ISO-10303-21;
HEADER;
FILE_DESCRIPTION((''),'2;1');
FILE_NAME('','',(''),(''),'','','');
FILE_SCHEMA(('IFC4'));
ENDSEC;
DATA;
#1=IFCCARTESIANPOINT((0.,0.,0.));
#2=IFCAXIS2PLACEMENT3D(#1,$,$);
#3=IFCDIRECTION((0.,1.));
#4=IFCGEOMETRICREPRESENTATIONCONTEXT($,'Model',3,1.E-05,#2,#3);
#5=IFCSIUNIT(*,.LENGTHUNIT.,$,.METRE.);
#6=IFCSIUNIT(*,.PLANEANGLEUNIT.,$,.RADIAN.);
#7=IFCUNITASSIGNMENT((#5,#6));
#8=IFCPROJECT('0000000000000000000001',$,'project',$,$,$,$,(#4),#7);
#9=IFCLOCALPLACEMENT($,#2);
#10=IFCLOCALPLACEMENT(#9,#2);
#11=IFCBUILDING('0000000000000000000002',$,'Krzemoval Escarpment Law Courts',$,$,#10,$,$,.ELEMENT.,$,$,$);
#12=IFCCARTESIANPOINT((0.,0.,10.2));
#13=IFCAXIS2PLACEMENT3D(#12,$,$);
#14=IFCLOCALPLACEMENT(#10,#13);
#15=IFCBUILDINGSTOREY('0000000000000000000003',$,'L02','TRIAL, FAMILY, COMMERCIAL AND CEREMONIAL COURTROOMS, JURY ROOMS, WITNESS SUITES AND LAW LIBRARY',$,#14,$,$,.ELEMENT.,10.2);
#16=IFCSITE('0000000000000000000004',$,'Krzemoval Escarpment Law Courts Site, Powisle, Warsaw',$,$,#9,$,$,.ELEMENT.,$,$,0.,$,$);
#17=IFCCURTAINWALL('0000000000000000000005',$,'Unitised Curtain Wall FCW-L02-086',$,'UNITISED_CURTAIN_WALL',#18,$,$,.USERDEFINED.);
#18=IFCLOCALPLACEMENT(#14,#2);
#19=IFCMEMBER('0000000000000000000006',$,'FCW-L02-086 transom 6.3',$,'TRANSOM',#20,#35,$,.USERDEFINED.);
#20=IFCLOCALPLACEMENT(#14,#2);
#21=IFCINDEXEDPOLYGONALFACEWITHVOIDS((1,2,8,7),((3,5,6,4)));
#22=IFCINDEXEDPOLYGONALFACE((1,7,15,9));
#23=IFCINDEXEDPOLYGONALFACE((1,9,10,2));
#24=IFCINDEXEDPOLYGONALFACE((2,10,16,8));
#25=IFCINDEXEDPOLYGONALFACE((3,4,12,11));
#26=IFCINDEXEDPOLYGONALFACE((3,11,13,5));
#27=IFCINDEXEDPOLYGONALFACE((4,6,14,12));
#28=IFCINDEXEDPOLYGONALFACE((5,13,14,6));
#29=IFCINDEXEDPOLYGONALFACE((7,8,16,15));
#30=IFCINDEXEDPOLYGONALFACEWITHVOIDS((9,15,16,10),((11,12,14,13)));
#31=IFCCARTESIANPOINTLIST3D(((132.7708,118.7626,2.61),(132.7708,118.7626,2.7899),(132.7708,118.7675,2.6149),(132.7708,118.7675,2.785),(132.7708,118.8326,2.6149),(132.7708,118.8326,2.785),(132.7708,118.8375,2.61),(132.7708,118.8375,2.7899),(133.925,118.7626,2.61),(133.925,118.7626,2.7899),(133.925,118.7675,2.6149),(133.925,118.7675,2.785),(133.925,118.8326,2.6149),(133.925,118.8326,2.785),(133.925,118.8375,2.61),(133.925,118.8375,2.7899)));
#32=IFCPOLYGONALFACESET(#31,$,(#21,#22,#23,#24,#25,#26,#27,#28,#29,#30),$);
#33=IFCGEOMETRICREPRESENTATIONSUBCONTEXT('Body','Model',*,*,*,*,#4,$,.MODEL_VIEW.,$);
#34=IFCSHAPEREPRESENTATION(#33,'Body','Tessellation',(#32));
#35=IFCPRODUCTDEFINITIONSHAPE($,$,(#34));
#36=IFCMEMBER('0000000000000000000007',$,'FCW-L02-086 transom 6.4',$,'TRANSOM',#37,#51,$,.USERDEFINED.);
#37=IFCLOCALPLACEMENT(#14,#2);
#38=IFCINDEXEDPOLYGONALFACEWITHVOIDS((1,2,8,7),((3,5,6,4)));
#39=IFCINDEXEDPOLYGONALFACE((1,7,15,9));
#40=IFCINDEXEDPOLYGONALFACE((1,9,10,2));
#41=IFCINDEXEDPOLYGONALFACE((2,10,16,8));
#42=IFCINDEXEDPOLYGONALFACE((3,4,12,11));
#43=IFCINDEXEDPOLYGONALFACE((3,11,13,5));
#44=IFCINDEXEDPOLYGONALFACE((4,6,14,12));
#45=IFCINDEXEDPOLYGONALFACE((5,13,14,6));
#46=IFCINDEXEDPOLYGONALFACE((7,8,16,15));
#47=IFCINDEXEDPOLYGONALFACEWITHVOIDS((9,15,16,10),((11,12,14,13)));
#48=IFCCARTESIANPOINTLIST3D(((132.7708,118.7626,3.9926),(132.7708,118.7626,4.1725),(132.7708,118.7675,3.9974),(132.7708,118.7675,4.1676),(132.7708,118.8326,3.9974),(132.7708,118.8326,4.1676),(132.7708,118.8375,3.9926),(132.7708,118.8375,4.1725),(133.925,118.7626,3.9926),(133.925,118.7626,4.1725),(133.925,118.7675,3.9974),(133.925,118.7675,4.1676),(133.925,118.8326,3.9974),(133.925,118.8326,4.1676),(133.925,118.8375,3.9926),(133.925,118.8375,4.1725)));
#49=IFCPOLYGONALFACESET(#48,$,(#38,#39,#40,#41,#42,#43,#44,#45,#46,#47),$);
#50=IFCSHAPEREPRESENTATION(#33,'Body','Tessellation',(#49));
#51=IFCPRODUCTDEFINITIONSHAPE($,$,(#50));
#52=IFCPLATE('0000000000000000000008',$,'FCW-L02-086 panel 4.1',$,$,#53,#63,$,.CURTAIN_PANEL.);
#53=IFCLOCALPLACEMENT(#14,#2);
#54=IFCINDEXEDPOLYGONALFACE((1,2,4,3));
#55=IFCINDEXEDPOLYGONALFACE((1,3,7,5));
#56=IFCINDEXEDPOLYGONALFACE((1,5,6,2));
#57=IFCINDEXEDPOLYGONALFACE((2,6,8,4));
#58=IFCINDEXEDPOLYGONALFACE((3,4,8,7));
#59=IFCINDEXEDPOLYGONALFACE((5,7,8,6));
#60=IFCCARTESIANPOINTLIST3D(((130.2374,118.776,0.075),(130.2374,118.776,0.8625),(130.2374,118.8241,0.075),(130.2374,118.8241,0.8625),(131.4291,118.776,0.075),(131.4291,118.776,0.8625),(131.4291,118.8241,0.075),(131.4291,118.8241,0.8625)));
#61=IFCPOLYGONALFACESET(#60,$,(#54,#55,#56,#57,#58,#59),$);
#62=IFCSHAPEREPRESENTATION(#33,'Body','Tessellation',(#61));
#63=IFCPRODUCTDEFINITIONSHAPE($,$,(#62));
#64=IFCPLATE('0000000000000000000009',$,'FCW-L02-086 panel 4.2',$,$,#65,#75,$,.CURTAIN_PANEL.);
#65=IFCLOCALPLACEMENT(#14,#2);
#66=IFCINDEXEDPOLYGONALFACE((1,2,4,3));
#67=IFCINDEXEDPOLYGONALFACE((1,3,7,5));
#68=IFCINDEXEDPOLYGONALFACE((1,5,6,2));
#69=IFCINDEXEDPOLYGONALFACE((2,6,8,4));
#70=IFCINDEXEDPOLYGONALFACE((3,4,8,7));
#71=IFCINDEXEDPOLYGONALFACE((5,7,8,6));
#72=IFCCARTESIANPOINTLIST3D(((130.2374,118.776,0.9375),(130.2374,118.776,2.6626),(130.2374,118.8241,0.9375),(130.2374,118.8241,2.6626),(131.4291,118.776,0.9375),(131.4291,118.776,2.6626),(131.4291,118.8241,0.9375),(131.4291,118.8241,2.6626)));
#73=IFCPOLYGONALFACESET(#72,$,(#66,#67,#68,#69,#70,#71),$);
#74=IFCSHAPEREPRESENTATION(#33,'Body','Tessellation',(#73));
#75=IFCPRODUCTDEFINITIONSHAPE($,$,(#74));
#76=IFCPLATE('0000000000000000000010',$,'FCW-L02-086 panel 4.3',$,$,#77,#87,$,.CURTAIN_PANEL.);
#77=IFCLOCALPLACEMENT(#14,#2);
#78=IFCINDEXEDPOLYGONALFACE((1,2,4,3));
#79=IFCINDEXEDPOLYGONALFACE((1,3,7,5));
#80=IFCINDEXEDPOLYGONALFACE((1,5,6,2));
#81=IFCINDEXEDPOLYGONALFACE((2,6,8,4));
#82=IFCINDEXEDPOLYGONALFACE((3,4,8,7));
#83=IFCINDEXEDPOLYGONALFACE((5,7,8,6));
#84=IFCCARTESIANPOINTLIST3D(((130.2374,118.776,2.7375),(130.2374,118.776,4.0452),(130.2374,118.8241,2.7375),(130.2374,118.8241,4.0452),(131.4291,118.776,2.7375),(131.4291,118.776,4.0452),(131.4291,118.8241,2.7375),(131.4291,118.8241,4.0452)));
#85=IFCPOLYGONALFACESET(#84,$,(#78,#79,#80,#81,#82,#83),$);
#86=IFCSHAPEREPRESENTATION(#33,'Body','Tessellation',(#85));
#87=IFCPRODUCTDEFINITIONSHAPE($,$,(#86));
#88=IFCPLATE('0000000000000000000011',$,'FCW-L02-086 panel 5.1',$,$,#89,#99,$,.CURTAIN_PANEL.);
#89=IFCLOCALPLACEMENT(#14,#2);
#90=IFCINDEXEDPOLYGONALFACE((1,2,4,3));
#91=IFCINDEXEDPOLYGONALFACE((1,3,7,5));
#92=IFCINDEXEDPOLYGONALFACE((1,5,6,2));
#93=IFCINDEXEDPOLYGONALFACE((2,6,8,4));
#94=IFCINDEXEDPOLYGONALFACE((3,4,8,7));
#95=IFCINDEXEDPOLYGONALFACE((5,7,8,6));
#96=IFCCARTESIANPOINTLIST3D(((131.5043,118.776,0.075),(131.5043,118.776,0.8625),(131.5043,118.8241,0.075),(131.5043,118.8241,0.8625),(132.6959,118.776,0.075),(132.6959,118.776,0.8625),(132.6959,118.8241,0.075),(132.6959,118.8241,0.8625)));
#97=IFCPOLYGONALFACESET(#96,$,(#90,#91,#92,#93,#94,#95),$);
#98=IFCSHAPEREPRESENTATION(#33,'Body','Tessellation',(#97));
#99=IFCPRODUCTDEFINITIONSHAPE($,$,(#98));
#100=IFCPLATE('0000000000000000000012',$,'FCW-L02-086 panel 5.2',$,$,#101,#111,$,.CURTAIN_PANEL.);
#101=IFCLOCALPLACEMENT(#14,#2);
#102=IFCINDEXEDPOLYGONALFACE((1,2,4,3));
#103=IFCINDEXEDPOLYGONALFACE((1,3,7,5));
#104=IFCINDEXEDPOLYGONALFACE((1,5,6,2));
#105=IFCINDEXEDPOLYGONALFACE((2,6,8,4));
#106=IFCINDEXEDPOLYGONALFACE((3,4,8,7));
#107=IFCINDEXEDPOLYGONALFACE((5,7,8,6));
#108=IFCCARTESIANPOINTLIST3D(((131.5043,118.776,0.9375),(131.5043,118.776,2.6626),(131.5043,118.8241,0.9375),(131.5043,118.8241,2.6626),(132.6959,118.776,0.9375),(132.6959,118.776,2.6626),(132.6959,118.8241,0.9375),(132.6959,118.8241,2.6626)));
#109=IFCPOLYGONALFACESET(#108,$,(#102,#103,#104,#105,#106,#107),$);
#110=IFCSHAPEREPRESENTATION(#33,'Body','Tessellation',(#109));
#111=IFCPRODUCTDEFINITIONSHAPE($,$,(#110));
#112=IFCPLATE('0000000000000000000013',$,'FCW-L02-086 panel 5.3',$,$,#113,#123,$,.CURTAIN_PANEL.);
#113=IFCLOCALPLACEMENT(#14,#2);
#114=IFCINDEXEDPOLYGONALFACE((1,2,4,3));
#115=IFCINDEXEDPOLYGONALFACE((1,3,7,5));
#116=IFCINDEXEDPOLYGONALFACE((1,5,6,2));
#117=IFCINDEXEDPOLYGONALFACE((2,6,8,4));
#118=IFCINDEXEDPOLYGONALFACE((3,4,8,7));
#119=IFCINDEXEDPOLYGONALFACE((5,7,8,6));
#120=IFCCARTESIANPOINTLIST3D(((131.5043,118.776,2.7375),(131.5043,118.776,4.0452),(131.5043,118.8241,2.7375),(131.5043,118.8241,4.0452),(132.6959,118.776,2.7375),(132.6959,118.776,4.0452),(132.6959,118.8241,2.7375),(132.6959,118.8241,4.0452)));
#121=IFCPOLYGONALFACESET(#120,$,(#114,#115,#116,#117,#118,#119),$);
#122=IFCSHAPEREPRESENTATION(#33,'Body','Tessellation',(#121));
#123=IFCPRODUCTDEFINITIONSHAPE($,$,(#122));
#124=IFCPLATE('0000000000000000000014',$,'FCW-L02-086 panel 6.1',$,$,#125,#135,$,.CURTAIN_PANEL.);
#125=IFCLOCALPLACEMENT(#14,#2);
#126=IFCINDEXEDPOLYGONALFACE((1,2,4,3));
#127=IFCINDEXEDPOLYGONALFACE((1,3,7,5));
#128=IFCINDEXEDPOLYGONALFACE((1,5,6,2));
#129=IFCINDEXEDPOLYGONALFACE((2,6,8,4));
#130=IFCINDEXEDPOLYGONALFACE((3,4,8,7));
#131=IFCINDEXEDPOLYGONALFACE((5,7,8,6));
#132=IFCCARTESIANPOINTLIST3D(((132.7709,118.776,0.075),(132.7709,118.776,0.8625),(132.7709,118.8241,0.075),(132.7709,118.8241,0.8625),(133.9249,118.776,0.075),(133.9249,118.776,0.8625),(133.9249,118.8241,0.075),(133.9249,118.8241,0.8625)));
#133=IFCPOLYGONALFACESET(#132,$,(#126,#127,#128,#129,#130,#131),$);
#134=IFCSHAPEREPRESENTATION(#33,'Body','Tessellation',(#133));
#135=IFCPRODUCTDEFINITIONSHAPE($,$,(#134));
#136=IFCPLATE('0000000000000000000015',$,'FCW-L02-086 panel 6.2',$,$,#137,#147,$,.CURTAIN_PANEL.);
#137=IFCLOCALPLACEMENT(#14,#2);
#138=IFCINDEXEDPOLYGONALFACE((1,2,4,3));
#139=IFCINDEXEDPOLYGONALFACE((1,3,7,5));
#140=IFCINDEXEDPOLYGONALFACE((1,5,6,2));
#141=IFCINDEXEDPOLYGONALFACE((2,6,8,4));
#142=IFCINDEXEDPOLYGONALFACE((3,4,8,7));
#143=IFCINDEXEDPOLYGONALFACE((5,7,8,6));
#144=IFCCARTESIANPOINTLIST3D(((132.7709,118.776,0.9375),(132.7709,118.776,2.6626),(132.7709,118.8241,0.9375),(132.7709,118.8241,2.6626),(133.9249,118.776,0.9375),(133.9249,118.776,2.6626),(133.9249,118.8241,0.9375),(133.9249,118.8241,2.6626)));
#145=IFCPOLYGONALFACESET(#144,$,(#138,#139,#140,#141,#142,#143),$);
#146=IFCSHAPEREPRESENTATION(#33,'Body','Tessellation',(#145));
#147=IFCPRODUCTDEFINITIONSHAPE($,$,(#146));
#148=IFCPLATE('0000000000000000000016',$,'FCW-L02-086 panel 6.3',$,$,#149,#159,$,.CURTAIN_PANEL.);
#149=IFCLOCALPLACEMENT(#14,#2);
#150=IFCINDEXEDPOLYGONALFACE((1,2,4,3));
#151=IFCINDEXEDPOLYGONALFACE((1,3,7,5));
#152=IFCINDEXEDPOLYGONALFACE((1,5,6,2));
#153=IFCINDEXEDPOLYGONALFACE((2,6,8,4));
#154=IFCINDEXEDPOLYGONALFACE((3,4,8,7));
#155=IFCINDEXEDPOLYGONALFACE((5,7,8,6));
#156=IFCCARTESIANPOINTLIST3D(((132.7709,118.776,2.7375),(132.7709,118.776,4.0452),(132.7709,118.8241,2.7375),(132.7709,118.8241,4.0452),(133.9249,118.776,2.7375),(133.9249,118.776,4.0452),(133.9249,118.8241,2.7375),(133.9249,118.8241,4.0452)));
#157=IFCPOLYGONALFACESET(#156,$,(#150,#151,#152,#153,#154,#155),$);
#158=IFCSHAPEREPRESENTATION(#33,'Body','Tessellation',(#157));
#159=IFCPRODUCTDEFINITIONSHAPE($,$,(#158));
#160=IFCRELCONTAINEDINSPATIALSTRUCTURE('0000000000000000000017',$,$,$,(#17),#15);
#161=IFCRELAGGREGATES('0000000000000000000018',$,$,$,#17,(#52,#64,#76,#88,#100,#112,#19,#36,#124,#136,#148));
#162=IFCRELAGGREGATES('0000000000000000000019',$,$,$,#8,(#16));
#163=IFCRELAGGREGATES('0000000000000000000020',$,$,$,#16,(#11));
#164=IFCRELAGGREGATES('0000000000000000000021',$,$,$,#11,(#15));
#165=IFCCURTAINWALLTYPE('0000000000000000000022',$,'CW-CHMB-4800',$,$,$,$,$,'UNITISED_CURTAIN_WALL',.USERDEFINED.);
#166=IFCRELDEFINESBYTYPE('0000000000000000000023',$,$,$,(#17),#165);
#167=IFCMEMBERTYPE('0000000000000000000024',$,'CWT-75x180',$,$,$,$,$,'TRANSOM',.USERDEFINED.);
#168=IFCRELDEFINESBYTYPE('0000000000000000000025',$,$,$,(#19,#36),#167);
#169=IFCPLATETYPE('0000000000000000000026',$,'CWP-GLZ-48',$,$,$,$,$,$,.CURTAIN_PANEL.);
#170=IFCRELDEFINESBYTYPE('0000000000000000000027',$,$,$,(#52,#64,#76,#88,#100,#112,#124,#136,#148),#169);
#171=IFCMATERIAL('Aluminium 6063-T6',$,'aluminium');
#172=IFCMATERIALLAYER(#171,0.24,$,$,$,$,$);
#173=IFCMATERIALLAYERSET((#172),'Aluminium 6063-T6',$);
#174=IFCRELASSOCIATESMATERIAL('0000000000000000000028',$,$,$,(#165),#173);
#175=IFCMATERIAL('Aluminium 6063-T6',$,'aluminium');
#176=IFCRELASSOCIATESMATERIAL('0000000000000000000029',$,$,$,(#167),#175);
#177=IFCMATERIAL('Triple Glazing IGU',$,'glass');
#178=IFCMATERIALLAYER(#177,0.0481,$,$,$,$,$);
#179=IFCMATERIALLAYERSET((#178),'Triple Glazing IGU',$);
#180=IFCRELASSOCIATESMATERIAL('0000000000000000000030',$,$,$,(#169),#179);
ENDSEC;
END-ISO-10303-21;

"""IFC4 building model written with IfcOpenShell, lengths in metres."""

from ifc_helpers import new_model, si_unit, direction, frame, origin, origin_2d, place, context, subcontext, project, spatial, rectangle, hollow_rectangle, extrude, material, layer, layer_set, material_profile, profile_set, type_object, element, aggregate, save


model = new_model("IFC4")

# Units and contexts
model_context = context("Model", 3, precision=1e-05, world=origin(), true_north=direction((0.0, 1.0)))
body_context = subcontext(model_context, "Body", "Model", "MODEL_VIEW")
ifc_project = project(units=[si_unit("LENGTHUNIT", "METRE"), si_unit("PLANEANGLEUNIT", "RADIAN")], contexts=[model_context])

# Site, building, storey
site_placement = place(None, origin())
site = spatial("IfcSite", under=ifc_project, at=site_placement, Name="Krzemoval Escarpment Law Courts Site, Powisle, Warsaw", CompositionType="ELEMENT", RefElevation=0.0)
building_placement = place(site_placement, origin())
building = spatial("IfcBuilding", under=site, at=building_placement, Name="Krzemoval Escarpment Law Courts", CompositionType="ELEMENT")
storey_placement = place(building_placement, frame((0.0, 0.0, 10.2)))
storey = spatial("IfcBuildingStorey", under=building, at=storey_placement, Name="L02", Description="TRIAL, FAMILY, COMMERCIAL AND CEREMONIAL COURTROOMS, JURY ROOMS, WITNESS SUITES AND LAW LIBRARY", CompositionType="ELEMENT", Elevation=10.2)

# Curtain wall, members, plates
ifc_material_1 = material(Name="Aluminium 6063-T6", Category="aluminium")
ifc_layer_1 = layer(ifc_material_1, 0.24)
ifc_layer_set_1 = layer_set([ifc_layer_1], Name="Aluminium 6063-T6")
curtain_wall_type = type_object("IfcCurtainWallType", Name="CW-CHMB-4800", ElementType="UNITISED_CURTAIN_WALL", PredefinedType="USERDEFINED", material=ifc_layer_set_1)
curtain_wall_placement = place(storey_placement, origin())
curtain_wall = element("IfcCurtainWall", 1, at=curtain_wall_placement, inside=storey, type_object=curtain_wall_type, Name="Unitised Curtain Wall FCW-L02-086", ObjectType="UNITISED_CURTAIN_WALL", PredefinedType="USERDEFINED")
ifc_material_2 = material(Name="Aluminium 6063-T6", Category="aluminium")
ifc_material_profile_1 = material_profile(ifc_material_2, hollow_rectangle(XDim=0.075, YDim=0.1799, WallThickness=0.0049, at=origin_2d()), Name="ALU T75x180")
ifc_profile_set_1 = profile_set([ifc_material_profile_1], Name="Aluminium 6063-T6")
member_type_1 = type_object("IfcMemberType", Name="CWT-75x180", ElementType="TRANSOM", PredefinedType="USERDEFINED", material=ifc_profile_set_1)
member_1_placement = place(storey_placement, frame((132.7708, 118.8, 2.7), z_axis=(1.0, 0.0, 0.0), x_axis=(0.0, 1.0, 0.0)))
member_1 = element("IfcMember", 2, at=member_1_placement, type_object=member_type_1, Name="FCW-L02-086 transom 6.3", ObjectType="TRANSOM", PredefinedType="USERDEFINED", context=body_context, shape_type="SweptSolid", body=[
    extrude(hollow_rectangle(XDim=0.075, YDim=0.1799, WallThickness=0.0049, at=origin_2d()), origin(), (0.0, 0.0, 1.0), 1.1543),
])
member_2_placement = place(storey_placement, frame((132.7708, 118.8, 4.0825), z_axis=(1.0, 0.0, 0.0), x_axis=(0.0, 1.0, 0.0)))
member_2 = element("IfcMember", 3, at=member_2_placement, type_object=member_type_1, Name="FCW-L02-086 transom 6.4", ObjectType="TRANSOM", PredefinedType="USERDEFINED", context=body_context, shape_type="SweptSolid", body=[
    extrude(hollow_rectangle(XDim=0.075, YDim=0.1799, WallThickness=0.0049, at=origin_2d()), origin(), (0.0, 0.0, 1.0), 1.1543),
])
ifc_material_3 = material(Name="Triple Glazing IGU", Category="glass")
ifc_layer_2 = layer(ifc_material_3, 0.0481)
ifc_layer_set_2 = layer_set([ifc_layer_2], Name="Triple Glazing IGU")
plate_type = type_object("IfcPlateType", Name="CWP-GLZ-48", PredefinedType="CURTAIN_PANEL", material=ifc_layer_set_2)
plate_1_placement = place(storey_placement, frame((130.8333, 118.8, 0.075), z_axis=(0.0, 0.0, 1.0), x_axis=(1.0, 0.0, 0.0)))
plate_1 = element("IfcPlate", 4, at=plate_1_placement, type_object=plate_type, Name="FCW-L02-086 panel 4.1", PredefinedType="CURTAIN_PANEL", context=body_context, shape_type="SweptSolid", body=[
    extrude(rectangle(XDim=1.1917, YDim=0.0481, at=origin_2d()), origin(), (0.0, 0.0, 1.0), 0.7876),
])
plate_2_placement = place(storey_placement, frame((130.8333, 118.8, 0.9375), z_axis=(0.0, 0.0, 1.0), x_axis=(1.0, 0.0, 0.0)))
plate_2 = element("IfcPlate", 5, at=plate_2_placement, type_object=plate_type, Name="FCW-L02-086 panel 4.2", PredefinedType="CURTAIN_PANEL", context=body_context, shape_type="SweptSolid", body=[
    extrude(rectangle(XDim=1.1917, YDim=0.0481, at=origin_2d()), origin(), (0.0, 0.0, 1.0), 1.7251),
])
plate_3_placement = place(storey_placement, frame((130.8333, 118.8, 2.7375), z_axis=(0.0, 0.0, 1.0), x_axis=(1.0, 0.0, 0.0)))
plate_3 = element("IfcPlate", 6, at=plate_3_placement, type_object=plate_type, Name="FCW-L02-086 panel 4.3", PredefinedType="CURTAIN_PANEL", context=body_context, shape_type="SweptSolid", body=[
    extrude(rectangle(XDim=1.1917, YDim=0.0481, at=origin_2d()), origin(), (0.0, 0.0, 1.0), 1.3076),
])
plate_4_placement = place(storey_placement, frame((132.1001, 118.8, 0.075), z_axis=(0.0, 0.0, 1.0), x_axis=(1.0, 0.0, 0.0)))
plate_4 = element("IfcPlate", 7, at=plate_4_placement, type_object=plate_type, Name="FCW-L02-086 panel 5.1", PredefinedType="CURTAIN_PANEL", context=body_context, shape_type="SweptSolid", body=[
    extrude(rectangle(XDim=1.1917, YDim=0.0481, at=origin_2d()), origin(), (0.0, 0.0, 1.0), 0.7876),
])
plate_5_placement = place(storey_placement, frame((132.1001, 118.8, 0.9375), z_axis=(0.0, 0.0, 1.0), x_axis=(1.0, 0.0, 0.0)))
plate_5 = element("IfcPlate", 8, at=plate_5_placement, type_object=plate_type, Name="FCW-L02-086 panel 5.2", PredefinedType="CURTAIN_PANEL", context=body_context, shape_type="SweptSolid", body=[
    extrude(rectangle(XDim=1.1917, YDim=0.0481, at=origin_2d()), origin(), (0.0, 0.0, 1.0), 1.7251),
])
plate_6_placement = place(storey_placement, frame((132.1001, 118.8, 2.7375), z_axis=(0.0, 0.0, 1.0), x_axis=(1.0, 0.0, 0.0)))
plate_6 = element("IfcPlate", 9, at=plate_6_placement, type_object=plate_type, Name="FCW-L02-086 panel 5.3", PredefinedType="CURTAIN_PANEL", context=body_context, shape_type="SweptSolid", body=[
    extrude(rectangle(XDim=1.1917, YDim=0.0481, at=origin_2d()), origin(), (0.0, 0.0, 1.0), 1.3076),
])
plate_7_placement = place(storey_placement, frame((133.3479, 118.8, 0.075), z_axis=(0.0, 0.0, 1.0), x_axis=(1.0, 0.0, 0.0)))
plate_7 = element("IfcPlate", 10, at=plate_7_placement, type_object=plate_type, Name="FCW-L02-086 panel 6.1", PredefinedType="CURTAIN_PANEL", context=body_context, shape_type="SweptSolid", body=[
    extrude(rectangle(XDim=1.1541, YDim=0.0481, at=origin_2d()), origin(), (0.0, 0.0, 1.0), 0.7876),
])
plate_8_placement = place(storey_placement, frame((133.3479, 118.8, 0.9375), z_axis=(0.0, 0.0, 1.0), x_axis=(1.0, 0.0, 0.0)))
plate_8 = element("IfcPlate", 11, at=plate_8_placement, type_object=plate_type, Name="FCW-L02-086 panel 6.2", PredefinedType="CURTAIN_PANEL", context=body_context, shape_type="SweptSolid", body=[
    extrude(rectangle(XDim=1.1541, YDim=0.0481, at=origin_2d()), origin(), (0.0, 0.0, 1.0), 1.7251),
])
plate_9_placement = place(storey_placement, frame((133.3479, 118.8, 2.7375), z_axis=(0.0, 0.0, 1.0), x_axis=(1.0, 0.0, 0.0)))
plate_9 = element("IfcPlate", 12, at=plate_9_placement, type_object=plate_type, Name="FCW-L02-086 panel 6.3", PredefinedType="CURTAIN_PANEL", context=body_context, shape_type="SweptSolid", body=[
    extrude(rectangle(XDim=1.1541, YDim=0.0481, at=origin_2d()), origin(), (0.0, 0.0, 1.0), 1.3076),
])
aggregate(curtain_wall, [plate_1, plate_2, plate_3, plate_4, plate_5, plate_6, member_1, member_2, plate_7, plate_8, plate_9])

save(model, "model.ifc")
